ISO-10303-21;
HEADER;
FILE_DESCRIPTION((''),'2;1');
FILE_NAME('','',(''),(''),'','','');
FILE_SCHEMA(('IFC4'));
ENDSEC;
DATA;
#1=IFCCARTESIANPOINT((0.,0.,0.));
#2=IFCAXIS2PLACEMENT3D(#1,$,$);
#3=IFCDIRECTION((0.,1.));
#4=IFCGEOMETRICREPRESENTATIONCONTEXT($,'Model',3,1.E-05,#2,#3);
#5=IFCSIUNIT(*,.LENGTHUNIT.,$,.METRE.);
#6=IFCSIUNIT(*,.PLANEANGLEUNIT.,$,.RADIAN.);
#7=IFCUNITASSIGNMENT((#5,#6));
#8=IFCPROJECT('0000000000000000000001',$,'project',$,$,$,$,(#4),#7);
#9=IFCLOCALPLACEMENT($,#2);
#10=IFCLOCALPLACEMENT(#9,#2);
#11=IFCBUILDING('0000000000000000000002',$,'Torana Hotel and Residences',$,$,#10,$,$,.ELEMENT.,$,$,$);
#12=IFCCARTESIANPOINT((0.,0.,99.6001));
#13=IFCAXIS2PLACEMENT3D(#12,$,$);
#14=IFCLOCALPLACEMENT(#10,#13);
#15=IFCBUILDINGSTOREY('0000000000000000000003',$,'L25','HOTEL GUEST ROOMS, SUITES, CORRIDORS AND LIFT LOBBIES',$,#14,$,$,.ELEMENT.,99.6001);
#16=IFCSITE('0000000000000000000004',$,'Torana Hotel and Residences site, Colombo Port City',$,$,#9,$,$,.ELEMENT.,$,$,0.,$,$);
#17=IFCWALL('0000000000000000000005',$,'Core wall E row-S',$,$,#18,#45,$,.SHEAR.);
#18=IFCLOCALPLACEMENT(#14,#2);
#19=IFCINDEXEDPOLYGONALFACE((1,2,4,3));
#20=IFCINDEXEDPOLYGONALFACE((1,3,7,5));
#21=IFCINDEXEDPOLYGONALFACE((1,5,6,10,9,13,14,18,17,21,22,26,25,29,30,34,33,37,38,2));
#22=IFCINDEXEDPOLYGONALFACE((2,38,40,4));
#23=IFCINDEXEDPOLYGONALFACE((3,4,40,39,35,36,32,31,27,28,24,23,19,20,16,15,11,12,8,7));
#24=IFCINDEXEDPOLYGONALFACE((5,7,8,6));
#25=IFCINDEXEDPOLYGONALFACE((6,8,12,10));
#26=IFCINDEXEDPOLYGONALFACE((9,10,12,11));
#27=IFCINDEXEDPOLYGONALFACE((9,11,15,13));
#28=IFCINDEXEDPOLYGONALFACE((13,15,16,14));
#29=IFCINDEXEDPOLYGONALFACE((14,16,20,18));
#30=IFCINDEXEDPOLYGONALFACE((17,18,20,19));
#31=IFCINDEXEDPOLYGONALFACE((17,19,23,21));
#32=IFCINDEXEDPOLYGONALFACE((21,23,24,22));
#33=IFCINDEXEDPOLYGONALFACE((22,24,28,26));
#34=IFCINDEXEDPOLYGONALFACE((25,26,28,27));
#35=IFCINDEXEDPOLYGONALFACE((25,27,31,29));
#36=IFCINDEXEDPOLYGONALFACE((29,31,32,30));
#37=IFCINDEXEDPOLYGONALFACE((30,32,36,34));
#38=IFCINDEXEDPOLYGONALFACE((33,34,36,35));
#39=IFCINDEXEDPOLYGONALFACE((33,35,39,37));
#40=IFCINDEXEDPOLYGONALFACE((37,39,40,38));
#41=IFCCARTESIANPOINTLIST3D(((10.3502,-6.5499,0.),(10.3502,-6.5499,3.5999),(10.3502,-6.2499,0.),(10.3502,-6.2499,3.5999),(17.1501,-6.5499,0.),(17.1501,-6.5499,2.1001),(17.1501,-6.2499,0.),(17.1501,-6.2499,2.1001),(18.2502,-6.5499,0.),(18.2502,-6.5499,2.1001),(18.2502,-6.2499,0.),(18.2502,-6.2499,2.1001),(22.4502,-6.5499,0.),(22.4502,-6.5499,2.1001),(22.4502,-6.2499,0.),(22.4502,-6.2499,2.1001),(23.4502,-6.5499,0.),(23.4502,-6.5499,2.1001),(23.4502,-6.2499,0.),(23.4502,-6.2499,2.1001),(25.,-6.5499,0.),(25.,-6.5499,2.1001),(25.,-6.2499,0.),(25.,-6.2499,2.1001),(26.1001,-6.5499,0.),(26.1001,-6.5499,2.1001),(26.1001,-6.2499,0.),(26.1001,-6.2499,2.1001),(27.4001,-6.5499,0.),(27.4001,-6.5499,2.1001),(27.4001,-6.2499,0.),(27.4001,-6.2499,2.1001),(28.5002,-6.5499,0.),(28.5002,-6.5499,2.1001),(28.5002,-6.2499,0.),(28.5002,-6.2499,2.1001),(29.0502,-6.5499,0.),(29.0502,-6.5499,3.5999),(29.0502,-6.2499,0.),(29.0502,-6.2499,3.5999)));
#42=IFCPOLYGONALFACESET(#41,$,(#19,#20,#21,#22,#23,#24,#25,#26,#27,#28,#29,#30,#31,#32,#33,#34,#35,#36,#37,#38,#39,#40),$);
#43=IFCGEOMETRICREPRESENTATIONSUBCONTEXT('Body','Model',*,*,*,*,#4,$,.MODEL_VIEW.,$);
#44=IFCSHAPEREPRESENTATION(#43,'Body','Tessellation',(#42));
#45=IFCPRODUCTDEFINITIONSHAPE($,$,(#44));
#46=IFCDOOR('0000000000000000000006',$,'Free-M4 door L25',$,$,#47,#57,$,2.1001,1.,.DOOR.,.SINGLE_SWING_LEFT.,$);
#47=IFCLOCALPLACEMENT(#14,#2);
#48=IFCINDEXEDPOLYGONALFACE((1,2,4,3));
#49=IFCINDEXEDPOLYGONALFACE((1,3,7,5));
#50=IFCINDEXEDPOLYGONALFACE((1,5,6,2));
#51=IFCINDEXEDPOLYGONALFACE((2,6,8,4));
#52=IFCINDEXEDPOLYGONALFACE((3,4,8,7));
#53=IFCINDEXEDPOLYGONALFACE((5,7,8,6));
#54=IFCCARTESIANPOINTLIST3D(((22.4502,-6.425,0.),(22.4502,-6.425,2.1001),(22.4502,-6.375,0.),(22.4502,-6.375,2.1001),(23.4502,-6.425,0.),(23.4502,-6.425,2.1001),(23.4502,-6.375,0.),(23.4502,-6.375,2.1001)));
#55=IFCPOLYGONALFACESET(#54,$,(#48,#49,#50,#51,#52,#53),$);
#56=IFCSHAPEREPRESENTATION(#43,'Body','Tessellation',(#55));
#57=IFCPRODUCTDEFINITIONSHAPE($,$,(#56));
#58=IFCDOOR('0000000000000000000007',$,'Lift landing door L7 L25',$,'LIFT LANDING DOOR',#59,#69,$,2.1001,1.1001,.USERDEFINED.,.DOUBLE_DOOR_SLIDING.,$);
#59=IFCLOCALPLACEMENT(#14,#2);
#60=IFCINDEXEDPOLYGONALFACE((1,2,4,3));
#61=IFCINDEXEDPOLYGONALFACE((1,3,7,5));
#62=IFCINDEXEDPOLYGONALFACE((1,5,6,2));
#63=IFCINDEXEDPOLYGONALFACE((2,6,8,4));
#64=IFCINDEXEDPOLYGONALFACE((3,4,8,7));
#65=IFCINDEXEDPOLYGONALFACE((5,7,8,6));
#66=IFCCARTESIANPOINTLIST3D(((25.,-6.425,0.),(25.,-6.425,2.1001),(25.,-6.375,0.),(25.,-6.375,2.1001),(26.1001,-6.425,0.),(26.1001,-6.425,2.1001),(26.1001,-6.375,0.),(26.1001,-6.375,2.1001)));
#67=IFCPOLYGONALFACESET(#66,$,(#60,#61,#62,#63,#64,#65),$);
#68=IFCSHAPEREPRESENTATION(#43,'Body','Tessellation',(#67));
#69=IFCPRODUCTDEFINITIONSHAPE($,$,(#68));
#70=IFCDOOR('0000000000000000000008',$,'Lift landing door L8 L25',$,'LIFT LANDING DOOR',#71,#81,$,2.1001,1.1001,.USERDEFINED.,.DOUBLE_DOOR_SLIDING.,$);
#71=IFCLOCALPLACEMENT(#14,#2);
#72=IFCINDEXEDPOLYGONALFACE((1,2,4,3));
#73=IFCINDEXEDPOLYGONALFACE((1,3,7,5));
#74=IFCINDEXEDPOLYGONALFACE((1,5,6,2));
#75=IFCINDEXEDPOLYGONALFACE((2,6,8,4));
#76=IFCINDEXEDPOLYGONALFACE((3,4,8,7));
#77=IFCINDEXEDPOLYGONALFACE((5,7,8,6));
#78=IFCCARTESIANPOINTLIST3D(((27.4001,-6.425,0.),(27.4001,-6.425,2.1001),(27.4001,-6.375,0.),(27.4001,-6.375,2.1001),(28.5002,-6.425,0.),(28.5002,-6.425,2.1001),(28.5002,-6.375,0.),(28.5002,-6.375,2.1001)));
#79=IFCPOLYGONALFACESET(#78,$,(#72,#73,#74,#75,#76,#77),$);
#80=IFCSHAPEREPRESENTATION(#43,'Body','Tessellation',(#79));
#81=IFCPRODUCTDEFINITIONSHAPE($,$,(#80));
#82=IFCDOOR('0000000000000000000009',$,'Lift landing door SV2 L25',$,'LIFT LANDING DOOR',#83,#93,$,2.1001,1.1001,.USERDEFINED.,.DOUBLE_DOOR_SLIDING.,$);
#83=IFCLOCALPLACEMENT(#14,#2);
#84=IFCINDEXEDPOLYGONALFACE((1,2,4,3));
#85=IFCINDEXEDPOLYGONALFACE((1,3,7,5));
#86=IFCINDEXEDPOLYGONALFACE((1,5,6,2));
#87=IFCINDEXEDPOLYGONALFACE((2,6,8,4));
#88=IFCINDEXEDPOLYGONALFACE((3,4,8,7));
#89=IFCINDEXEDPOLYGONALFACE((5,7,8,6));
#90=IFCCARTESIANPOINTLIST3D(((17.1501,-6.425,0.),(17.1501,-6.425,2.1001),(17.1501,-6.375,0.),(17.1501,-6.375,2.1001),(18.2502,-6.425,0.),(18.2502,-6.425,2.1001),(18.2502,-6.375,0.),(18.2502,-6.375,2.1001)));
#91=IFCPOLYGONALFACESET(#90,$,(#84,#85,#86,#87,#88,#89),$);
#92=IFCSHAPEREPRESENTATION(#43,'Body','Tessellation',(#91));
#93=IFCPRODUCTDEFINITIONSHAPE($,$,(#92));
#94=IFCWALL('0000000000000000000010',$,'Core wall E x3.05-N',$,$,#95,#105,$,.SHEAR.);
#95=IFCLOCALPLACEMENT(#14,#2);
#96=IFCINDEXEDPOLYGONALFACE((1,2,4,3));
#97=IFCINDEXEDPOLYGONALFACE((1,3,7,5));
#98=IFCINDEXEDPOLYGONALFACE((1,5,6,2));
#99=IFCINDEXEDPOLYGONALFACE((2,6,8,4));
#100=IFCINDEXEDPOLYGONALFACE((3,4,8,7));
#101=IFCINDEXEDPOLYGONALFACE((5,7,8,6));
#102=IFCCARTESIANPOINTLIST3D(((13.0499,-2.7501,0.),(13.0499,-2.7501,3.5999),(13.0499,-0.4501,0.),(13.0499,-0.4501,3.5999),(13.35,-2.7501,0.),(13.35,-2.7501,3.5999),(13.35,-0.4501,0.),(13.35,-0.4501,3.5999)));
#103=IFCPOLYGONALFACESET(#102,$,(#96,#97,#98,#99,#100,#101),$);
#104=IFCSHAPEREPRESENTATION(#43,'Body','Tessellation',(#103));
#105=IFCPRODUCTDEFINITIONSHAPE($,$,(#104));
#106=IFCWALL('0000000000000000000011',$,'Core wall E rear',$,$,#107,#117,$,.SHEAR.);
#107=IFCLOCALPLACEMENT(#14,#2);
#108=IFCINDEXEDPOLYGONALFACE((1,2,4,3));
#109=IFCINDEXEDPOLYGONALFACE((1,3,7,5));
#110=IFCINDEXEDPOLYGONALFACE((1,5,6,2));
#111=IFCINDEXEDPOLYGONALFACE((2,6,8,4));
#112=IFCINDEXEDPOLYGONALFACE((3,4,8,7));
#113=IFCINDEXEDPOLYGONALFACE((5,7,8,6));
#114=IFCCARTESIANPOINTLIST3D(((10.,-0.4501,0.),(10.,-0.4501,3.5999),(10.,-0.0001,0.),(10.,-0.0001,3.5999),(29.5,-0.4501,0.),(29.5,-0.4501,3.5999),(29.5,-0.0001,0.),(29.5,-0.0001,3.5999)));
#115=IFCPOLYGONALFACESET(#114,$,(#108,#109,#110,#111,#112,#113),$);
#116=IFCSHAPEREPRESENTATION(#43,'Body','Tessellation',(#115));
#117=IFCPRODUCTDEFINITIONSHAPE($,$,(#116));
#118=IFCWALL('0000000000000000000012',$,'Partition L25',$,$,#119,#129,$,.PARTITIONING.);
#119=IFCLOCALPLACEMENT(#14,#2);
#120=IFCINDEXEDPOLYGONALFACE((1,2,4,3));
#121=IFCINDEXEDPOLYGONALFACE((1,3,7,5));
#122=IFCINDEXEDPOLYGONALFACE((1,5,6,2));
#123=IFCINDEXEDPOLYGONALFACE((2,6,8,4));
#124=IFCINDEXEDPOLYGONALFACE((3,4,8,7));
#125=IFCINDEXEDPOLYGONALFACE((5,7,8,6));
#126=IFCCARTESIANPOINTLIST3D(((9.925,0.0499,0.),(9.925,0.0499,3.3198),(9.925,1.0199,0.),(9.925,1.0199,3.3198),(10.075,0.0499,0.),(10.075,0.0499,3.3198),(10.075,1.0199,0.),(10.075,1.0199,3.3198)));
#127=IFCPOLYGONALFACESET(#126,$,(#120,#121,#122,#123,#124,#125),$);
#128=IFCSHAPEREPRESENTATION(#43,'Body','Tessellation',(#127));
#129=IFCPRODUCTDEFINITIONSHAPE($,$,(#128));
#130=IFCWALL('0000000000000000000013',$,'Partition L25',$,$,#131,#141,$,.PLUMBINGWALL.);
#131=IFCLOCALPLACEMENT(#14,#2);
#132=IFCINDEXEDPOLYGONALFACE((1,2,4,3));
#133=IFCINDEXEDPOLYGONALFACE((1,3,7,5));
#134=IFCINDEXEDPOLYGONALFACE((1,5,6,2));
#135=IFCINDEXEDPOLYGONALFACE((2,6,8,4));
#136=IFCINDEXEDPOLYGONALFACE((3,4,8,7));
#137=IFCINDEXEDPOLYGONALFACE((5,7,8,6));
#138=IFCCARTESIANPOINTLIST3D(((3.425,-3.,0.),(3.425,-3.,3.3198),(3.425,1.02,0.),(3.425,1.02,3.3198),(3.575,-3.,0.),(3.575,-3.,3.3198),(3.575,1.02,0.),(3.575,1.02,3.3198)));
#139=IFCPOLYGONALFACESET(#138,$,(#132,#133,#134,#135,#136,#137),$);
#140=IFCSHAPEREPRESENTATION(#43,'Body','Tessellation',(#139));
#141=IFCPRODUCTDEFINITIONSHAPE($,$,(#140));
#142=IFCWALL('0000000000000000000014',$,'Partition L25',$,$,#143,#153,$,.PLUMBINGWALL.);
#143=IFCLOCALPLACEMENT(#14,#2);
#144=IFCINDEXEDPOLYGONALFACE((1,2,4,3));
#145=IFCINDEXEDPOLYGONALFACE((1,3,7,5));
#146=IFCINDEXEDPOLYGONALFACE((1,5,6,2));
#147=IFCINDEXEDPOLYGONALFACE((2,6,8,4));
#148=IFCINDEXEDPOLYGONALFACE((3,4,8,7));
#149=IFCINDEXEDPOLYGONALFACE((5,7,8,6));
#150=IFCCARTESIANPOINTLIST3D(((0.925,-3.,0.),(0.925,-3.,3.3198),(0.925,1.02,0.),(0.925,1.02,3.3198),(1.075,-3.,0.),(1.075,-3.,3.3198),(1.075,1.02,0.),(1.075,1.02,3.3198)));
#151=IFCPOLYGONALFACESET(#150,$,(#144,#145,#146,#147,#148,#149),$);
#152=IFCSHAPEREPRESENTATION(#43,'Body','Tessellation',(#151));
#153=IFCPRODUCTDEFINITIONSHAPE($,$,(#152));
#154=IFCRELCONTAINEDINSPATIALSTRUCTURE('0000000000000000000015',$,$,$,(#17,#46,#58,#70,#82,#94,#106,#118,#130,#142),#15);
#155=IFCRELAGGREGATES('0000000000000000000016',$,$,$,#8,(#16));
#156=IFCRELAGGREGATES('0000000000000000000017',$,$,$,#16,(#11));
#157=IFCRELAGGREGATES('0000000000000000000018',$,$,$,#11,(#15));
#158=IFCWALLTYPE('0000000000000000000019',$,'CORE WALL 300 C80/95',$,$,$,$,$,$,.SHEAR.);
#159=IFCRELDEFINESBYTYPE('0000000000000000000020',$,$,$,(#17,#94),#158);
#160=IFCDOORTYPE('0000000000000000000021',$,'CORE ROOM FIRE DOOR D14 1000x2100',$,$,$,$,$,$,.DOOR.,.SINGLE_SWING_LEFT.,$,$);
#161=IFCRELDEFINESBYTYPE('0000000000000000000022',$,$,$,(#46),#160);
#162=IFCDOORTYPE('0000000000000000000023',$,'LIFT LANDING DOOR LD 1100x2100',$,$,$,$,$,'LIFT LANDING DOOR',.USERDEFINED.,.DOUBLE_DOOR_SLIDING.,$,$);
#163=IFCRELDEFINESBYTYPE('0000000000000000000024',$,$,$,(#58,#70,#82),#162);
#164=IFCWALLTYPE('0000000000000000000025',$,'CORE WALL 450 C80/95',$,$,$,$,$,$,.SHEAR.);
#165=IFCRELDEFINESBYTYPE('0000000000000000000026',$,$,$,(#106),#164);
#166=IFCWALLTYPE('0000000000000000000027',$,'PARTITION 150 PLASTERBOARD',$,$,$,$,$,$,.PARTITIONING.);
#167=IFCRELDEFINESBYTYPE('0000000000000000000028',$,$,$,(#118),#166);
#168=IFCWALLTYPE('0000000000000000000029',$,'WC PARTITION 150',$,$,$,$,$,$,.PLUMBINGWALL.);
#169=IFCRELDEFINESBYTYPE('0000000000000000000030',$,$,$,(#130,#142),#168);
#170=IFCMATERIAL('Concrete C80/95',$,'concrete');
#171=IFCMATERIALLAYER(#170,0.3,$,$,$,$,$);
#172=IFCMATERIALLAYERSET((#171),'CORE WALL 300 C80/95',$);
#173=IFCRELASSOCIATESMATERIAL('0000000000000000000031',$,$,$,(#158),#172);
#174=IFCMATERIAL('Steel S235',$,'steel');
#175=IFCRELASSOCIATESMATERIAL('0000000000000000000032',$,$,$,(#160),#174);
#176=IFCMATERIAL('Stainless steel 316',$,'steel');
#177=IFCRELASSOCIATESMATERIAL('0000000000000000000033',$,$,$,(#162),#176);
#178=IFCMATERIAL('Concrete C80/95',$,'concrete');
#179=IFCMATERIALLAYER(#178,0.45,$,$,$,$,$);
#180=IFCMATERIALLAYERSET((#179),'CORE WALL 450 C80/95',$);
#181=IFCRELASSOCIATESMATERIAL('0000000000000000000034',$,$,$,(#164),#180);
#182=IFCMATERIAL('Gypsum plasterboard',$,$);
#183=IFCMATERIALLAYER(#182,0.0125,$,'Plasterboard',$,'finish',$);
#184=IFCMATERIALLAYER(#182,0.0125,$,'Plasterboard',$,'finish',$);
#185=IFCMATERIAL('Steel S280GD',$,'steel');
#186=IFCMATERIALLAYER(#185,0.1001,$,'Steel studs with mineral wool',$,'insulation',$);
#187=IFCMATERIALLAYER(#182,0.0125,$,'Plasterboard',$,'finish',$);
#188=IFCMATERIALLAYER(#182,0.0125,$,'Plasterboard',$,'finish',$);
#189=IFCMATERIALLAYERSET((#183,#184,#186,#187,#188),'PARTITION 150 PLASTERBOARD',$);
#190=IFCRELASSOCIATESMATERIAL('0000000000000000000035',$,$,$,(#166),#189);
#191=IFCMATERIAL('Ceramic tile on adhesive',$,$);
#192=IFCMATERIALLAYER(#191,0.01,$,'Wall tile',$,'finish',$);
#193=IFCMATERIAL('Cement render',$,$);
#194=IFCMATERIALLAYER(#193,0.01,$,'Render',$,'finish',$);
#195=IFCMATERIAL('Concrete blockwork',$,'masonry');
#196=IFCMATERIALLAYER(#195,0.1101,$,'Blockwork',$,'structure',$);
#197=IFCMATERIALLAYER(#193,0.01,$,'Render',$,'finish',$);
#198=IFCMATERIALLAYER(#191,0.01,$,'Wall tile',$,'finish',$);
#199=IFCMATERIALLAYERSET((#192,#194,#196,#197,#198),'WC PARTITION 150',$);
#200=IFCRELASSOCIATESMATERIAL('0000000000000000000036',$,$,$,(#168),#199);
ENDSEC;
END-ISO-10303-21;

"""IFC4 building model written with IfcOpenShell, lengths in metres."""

from ifc_helpers import new_model, si_unit, direction, frame, frame_2d, origin, place, context, subcontext, project, spatial, rectangle, extrude, material, layer, layer_set, type_object, element, fill, save


model = new_model("IFC4")

# Units and contexts
model_context = context("Model", 3, precision=1e-05, world=origin(), true_north=direction((0.0, 1.0)))
body_context = subcontext(model_context, "Body", "Model", "MODEL_VIEW")
ifc_project = project(units=[si_unit("LENGTHUNIT", "METRE"), si_unit("PLANEANGLEUNIT", "RADIAN")], contexts=[model_context])

# Site, building, storey
site_placement = place(None, origin())
site = spatial("IfcSite", under=ifc_project, at=site_placement, Name="Torana Hotel and Residences site, Colombo Port City", CompositionType="ELEMENT", RefElevation=0.0)
building_placement = place(site_placement, origin())
building = spatial("IfcBuilding", under=site, at=building_placement, Name="Torana Hotel and Residences", CompositionType="ELEMENT")
storey_placement = place(building_placement, frame((0.0, 0.0, 99.6001)))
storey = spatial("IfcBuildingStorey", under=building, at=storey_placement, Name="L25", Description="HOTEL GUEST ROOMS, SUITES, CORRIDORS AND LIFT LOBBIES", CompositionType="ELEMENT", Elevation=99.6001)

# Wall, openings, doors
ifc_material_1 = material(Name="Concrete C80/95", Category="concrete")
ifc_layer_1 = layer(ifc_material_1, 0.3)
ifc_layer_set_1 = layer_set([ifc_layer_1], Name="CORE WALL 300 C80/95")
wall_type_1 = type_object("IfcWallType", Name="CORE WALL 300 C80/95", PredefinedType="SHEAR", material=ifc_layer_set_1)
ifc_material_2 = material(Name="Steel S235", Category="steel")
door_type_1 = type_object("IfcDoorType", Name="CORE ROOM FIRE DOOR D14 1000x2100", OperationType="SINGLE_SWING_LEFT", PredefinedType="DOOR", material=ifc_material_2)
ifc_material_3 = material(Name="Stainless steel 316", Category="steel")
door_type_2 = type_object("IfcDoorType", Name="LIFT LANDING DOOR LD 1100x2100", ElementType="LIFT LANDING DOOR", OperationType="DOUBLE_DOOR_SLIDING", PredefinedType="USERDEFINED", material=ifc_material_3)
wall_1_placement = place(storey_placement, frame((10.3501, -6.3999, 0.0), z_axis=(0.0, 0.0, 1.0), x_axis=(1.0, 0.0, 0.0)))
wall_1 = element("IfcWall", 1, at=wall_1_placement, inside=storey, type_object=wall_type_1, Name="Core wall E row-S", PredefinedType="SHEAR", context=body_context, shape_type="SweptSolid", body=[
    extrude(rectangle(XDim=18.7, YDim=0.3, at=frame_2d((9.3501, 0.0))), origin(), (0.0, 0.0, 1.0), 3.5999),
])
opening_1_placement = place(wall_1_placement, frame((14.6499, 0.0, 0.0)))
opening_1 = element("IfcOpeningElement", 2, at=opening_1_placement, cuts=wall_1, PredefinedType="OPENING", context=body_context, shape_type="SweptSolid", body=[
    extrude(rectangle(XDim=1.1001, YDim=2.1001, at=frame_2d((0.55, 1.05))), frame((0.0, 0.1599, 0.0), z_axis=(0.0, -1.0, 0.0), x_axis=(1.0, 0.0, 0.0)), (0.0, 0.0, 1.0), 0.3201),
])
opening_2_placement = place(wall_1_placement, frame((17.05, 0.0, 0.0)))
opening_2 = element("IfcOpeningElement", 3, at=opening_2_placement, cuts=wall_1, PredefinedType="OPENING", context=body_context, shape_type="SweptSolid", body=[
    extrude(rectangle(XDim=1.1001, YDim=2.1001, at=frame_2d((0.55, 1.05))), frame((0.0, 0.1599, 0.0), z_axis=(0.0, -1.0, 0.0), x_axis=(1.0, 0.0, 0.0)), (0.0, 0.0, 1.0), 0.3201),
])
opening_3_placement = place(wall_1_placement, frame((6.8, 0.0, 0.0)))
opening_3 = element("IfcOpeningElement", 4, at=opening_3_placement, cuts=wall_1, PredefinedType="OPENING", context=body_context, shape_type="SweptSolid", body=[
    extrude(rectangle(XDim=1.1001, YDim=2.1001, at=frame_2d((0.55, 1.05))), frame((0.0, 0.1599, 0.0), z_axis=(0.0, -1.0, 0.0), x_axis=(1.0, 0.0, 0.0)), (0.0, 0.0, 1.0), 0.3201),
])
opening_4_placement = place(wall_1_placement, frame((12.1001, 0.0, 0.0)))
opening_4 = element("IfcOpeningElement", 5, at=opening_4_placement, cuts=wall_1, PredefinedType="OPENING", context=body_context, shape_type="SweptSolid", body=[
    extrude(rectangle(XDim=1.0, YDim=2.1001, at=frame_2d((0.5, 1.05))), frame((0.0, 0.1599, 0.0), z_axis=(0.0, -1.0, 0.0), x_axis=(1.0, 0.0, 0.0)), (0.0, 0.0, 1.0), 0.3201),
])
door_1_placement = place(opening_4_placement, frame((0.5, 0.0, 0.0), z_axis=(0.0, 0.0, 1.0), x_axis=(-1.0, 0.0, 0.0)))
door_1 = element("IfcDoor", 6, at=door_1_placement, inside=storey, type_object=door_type_1, Name="Free-M4 door L25", OperationType="SINGLE_SWING_LEFT", OverallHeight=2.1001, OverallWidth=1.0, PredefinedType="DOOR", context=body_context, shape_type="SweptSolid", body=[
    extrude(rectangle(XDim=1.0, YDim=2.1001, at=frame_2d((0.0, 1.05))), frame((0.0, -0.0249, 0.0), z_axis=(0.0, 1.0, 0.0), x_axis=(-1.0, 0.0, 0.0)), (0.0, 0.0, 1.0), 0.05),
])
fill(opening_4, door_1)
door_2_placement = place(opening_1_placement, origin())
door_2 = element("IfcDoor", 7, at=door_2_placement, inside=storey, type_object=door_type_2, Name="Lift landing door L7 L25", ObjectType="LIFT LANDING DOOR", OperationType="DOUBLE_DOOR_SLIDING", OverallHeight=2.1001, OverallWidth=1.1001, PredefinedType="USERDEFINED", context=body_context, shape_type="SweptSolid", body=[
    extrude(rectangle(XDim=1.1001, YDim=2.1001, at=frame_2d((0.55, 1.05))), frame((0.0, 0.0249, 0.0), z_axis=(0.0, -1.0, 0.0), x_axis=(1.0, 0.0, 0.0)), (0.0, 0.0, 1.0), 0.05),
])
fill(opening_1, door_2)
door_3_placement = place(opening_2_placement, origin())
door_3 = element("IfcDoor", 8, at=door_3_placement, inside=storey, type_object=door_type_2, Name="Lift landing door L8 L25", ObjectType="LIFT LANDING DOOR", OperationType="DOUBLE_DOOR_SLIDING", OverallHeight=2.1001, OverallWidth=1.1001, PredefinedType="USERDEFINED", context=body_context, shape_type="SweptSolid", body=[
    extrude(rectangle(XDim=1.1001, YDim=2.1001, at=frame_2d((0.55, 1.05))), frame((0.0, 0.0249, 0.0), z_axis=(0.0, -1.0, 0.0), x_axis=(1.0, 0.0, 0.0)), (0.0, 0.0, 1.0), 0.05),
])
fill(opening_2, door_3)
door_4_placement = place(opening_3_placement, origin())
door_4 = element("IfcDoor", 9, at=door_4_placement, inside=storey, type_object=door_type_2, Name="Lift landing door SV2 L25", ObjectType="LIFT LANDING DOOR", OperationType="DOUBLE_DOOR_SLIDING", OverallHeight=2.1001, OverallWidth=1.1001, PredefinedType="USERDEFINED", context=body_context, shape_type="SweptSolid", body=[
    extrude(rectangle(XDim=1.1001, YDim=2.1001, at=frame_2d((0.55, 1.05))), frame((0.0, 0.0249, 0.0), z_axis=(0.0, -1.0, 0.0), x_axis=(1.0, 0.0, 0.0)), (0.0, 0.0, 1.0), 0.05),
])
fill(opening_3, door_4)

# Walls
wall_2_placement = place(storey_placement, frame((13.2, -2.75, 0.0), z_axis=(0.0, 0.0, 1.0), x_axis=(0.0, 1.0, 0.0)))
element("IfcWall", 10, at=wall_2_placement, inside=storey, type_object=wall_type_1, Name="Core wall E x3.05-N", PredefinedType="SHEAR", context=body_context, shape_type="SweptSolid", body=[
    extrude(rectangle(XDim=2.3, YDim=0.3, at=frame_2d((1.1499, 0.0))), origin(), (0.0, 0.0, 1.0), 3.5999),
])
ifc_material_4 = material(Name="Concrete C80/95", Category="concrete")
ifc_layer_2 = layer(ifc_material_4, 0.45)
ifc_layer_set_2 = layer_set([ifc_layer_2], Name="CORE WALL 450 C80/95")
wall_type_2 = type_object("IfcWallType", Name="CORE WALL 450 C80/95", PredefinedType="SHEAR", material=ifc_layer_set_2)
wall_3_placement = place(storey_placement, frame((10.0, -0.2251, 0.0), z_axis=(0.0, 0.0, 1.0), x_axis=(1.0, 0.0, 0.0)))
element("IfcWall", 11, at=wall_3_placement, inside=storey, type_object=wall_type_2, Name="Core wall E rear", PredefinedType="SHEAR", context=body_context, shape_type="SweptSolid", body=[
    extrude(rectangle(XDim=19.5, YDim=0.45, at=frame_2d((9.75, 0.0))), origin(), (0.0, 0.0, 1.0), 3.5999),
])
ifc_material_5 = material(Name="Gypsum plasterboard")
ifc_layer_3 = layer(ifc_material_5, 0.0125, Name="Plasterboard", Category="finish")
ifc_layer_4 = layer(ifc_material_5, 0.0125, Name="Plasterboard", Category="finish")
ifc_material_6 = material(Name="Steel S280GD", Category="steel")
ifc_layer_5 = layer(ifc_material_6, 0.1001, Name="Steel studs with mineral wool", Category="insulation")
ifc_layer_6 = layer(ifc_material_5, 0.0125, Name="Plasterboard", Category="finish")
ifc_layer_7 = layer(ifc_material_5, 0.0125, Name="Plasterboard", Category="finish")
ifc_layer_set_3 = layer_set([ifc_layer_3, ifc_layer_4, ifc_layer_5, ifc_layer_6, ifc_layer_7], Name="PARTITION 150 PLASTERBOARD")
wall_type_3 = type_object("IfcWallType", Name="PARTITION 150 PLASTERBOARD", PredefinedType="PARTITIONING", material=ifc_layer_set_3)
wall_4_placement = place(storey_placement, frame((10.0, 0.05, 0.0), z_axis=(0.0, 0.0, 1.0), x_axis=(0.0, 1.0, 0.0)))
element("IfcWall", 12, at=wall_4_placement, inside=storey, type_object=wall_type_3, Name="Partition L25", PredefinedType="PARTITIONING", context=body_context, shape_type="SweptSolid", body=[
    extrude(rectangle(XDim=0.97, YDim=0.1499, at=frame_2d((0.4849, 0.0))), origin(), (0.0, 0.0, 1.0), 3.3198),
])
ifc_material_7 = material(Name="Ceramic tile on adhesive")
ifc_layer_8 = layer(ifc_material_7, 0.01, Name="Wall tile", Category="finish")
ifc_material_8 = material(Name="Cement render")
ifc_layer_9 = layer(ifc_material_8, 0.01, Name="Render", Category="finish")
ifc_material_9 = material(Name="Concrete blockwork", Category="masonry")
ifc_layer_10 = layer(ifc_material_9, 0.1101, Name="Blockwork", Category="structure")
ifc_layer_11 = layer(ifc_material_8, 0.01, Name="Render", Category="finish")
ifc_layer_12 = layer(ifc_material_7, 0.01, Name="Wall tile", Category="finish")
ifc_layer_set_4 = layer_set([ifc_layer_8, ifc_layer_9, ifc_layer_10, ifc_layer_11, ifc_layer_12], Name="WC PARTITION 150")
wall_type_4 = type_object("IfcWallType", Name="WC PARTITION 150", PredefinedType="PLUMBINGWALL", material=ifc_layer_set_4)
for number, where, z_axis, x_axis, name in (
    (13, (3.5, -3.0, 0.0), (0.0, 0.0, 1.0), (0.0, 1.0, 0.0), "Partition L25"),
    (14, (1.0, -3.0, 0.0), (0.0, 0.0, 1.0), (0.0, 1.0, 0.0), "Partition L25"),
):
    element("IfcWall", number, at=place(storey_placement, frame(where, z_axis=z_axis, x_axis=x_axis)), inside=storey, type_object=wall_type_4, Name=name, PredefinedType="PLUMBINGWALL", context=body_context, shape_type="SweptSolid", body=[
        extrude(rectangle(XDim=4.02, YDim=0.1499, at=frame_2d((2.01, 0.0))), origin(), (0.0, 0.0, 1.0), 3.3198),
    ])

save(model, "model.ifc")
